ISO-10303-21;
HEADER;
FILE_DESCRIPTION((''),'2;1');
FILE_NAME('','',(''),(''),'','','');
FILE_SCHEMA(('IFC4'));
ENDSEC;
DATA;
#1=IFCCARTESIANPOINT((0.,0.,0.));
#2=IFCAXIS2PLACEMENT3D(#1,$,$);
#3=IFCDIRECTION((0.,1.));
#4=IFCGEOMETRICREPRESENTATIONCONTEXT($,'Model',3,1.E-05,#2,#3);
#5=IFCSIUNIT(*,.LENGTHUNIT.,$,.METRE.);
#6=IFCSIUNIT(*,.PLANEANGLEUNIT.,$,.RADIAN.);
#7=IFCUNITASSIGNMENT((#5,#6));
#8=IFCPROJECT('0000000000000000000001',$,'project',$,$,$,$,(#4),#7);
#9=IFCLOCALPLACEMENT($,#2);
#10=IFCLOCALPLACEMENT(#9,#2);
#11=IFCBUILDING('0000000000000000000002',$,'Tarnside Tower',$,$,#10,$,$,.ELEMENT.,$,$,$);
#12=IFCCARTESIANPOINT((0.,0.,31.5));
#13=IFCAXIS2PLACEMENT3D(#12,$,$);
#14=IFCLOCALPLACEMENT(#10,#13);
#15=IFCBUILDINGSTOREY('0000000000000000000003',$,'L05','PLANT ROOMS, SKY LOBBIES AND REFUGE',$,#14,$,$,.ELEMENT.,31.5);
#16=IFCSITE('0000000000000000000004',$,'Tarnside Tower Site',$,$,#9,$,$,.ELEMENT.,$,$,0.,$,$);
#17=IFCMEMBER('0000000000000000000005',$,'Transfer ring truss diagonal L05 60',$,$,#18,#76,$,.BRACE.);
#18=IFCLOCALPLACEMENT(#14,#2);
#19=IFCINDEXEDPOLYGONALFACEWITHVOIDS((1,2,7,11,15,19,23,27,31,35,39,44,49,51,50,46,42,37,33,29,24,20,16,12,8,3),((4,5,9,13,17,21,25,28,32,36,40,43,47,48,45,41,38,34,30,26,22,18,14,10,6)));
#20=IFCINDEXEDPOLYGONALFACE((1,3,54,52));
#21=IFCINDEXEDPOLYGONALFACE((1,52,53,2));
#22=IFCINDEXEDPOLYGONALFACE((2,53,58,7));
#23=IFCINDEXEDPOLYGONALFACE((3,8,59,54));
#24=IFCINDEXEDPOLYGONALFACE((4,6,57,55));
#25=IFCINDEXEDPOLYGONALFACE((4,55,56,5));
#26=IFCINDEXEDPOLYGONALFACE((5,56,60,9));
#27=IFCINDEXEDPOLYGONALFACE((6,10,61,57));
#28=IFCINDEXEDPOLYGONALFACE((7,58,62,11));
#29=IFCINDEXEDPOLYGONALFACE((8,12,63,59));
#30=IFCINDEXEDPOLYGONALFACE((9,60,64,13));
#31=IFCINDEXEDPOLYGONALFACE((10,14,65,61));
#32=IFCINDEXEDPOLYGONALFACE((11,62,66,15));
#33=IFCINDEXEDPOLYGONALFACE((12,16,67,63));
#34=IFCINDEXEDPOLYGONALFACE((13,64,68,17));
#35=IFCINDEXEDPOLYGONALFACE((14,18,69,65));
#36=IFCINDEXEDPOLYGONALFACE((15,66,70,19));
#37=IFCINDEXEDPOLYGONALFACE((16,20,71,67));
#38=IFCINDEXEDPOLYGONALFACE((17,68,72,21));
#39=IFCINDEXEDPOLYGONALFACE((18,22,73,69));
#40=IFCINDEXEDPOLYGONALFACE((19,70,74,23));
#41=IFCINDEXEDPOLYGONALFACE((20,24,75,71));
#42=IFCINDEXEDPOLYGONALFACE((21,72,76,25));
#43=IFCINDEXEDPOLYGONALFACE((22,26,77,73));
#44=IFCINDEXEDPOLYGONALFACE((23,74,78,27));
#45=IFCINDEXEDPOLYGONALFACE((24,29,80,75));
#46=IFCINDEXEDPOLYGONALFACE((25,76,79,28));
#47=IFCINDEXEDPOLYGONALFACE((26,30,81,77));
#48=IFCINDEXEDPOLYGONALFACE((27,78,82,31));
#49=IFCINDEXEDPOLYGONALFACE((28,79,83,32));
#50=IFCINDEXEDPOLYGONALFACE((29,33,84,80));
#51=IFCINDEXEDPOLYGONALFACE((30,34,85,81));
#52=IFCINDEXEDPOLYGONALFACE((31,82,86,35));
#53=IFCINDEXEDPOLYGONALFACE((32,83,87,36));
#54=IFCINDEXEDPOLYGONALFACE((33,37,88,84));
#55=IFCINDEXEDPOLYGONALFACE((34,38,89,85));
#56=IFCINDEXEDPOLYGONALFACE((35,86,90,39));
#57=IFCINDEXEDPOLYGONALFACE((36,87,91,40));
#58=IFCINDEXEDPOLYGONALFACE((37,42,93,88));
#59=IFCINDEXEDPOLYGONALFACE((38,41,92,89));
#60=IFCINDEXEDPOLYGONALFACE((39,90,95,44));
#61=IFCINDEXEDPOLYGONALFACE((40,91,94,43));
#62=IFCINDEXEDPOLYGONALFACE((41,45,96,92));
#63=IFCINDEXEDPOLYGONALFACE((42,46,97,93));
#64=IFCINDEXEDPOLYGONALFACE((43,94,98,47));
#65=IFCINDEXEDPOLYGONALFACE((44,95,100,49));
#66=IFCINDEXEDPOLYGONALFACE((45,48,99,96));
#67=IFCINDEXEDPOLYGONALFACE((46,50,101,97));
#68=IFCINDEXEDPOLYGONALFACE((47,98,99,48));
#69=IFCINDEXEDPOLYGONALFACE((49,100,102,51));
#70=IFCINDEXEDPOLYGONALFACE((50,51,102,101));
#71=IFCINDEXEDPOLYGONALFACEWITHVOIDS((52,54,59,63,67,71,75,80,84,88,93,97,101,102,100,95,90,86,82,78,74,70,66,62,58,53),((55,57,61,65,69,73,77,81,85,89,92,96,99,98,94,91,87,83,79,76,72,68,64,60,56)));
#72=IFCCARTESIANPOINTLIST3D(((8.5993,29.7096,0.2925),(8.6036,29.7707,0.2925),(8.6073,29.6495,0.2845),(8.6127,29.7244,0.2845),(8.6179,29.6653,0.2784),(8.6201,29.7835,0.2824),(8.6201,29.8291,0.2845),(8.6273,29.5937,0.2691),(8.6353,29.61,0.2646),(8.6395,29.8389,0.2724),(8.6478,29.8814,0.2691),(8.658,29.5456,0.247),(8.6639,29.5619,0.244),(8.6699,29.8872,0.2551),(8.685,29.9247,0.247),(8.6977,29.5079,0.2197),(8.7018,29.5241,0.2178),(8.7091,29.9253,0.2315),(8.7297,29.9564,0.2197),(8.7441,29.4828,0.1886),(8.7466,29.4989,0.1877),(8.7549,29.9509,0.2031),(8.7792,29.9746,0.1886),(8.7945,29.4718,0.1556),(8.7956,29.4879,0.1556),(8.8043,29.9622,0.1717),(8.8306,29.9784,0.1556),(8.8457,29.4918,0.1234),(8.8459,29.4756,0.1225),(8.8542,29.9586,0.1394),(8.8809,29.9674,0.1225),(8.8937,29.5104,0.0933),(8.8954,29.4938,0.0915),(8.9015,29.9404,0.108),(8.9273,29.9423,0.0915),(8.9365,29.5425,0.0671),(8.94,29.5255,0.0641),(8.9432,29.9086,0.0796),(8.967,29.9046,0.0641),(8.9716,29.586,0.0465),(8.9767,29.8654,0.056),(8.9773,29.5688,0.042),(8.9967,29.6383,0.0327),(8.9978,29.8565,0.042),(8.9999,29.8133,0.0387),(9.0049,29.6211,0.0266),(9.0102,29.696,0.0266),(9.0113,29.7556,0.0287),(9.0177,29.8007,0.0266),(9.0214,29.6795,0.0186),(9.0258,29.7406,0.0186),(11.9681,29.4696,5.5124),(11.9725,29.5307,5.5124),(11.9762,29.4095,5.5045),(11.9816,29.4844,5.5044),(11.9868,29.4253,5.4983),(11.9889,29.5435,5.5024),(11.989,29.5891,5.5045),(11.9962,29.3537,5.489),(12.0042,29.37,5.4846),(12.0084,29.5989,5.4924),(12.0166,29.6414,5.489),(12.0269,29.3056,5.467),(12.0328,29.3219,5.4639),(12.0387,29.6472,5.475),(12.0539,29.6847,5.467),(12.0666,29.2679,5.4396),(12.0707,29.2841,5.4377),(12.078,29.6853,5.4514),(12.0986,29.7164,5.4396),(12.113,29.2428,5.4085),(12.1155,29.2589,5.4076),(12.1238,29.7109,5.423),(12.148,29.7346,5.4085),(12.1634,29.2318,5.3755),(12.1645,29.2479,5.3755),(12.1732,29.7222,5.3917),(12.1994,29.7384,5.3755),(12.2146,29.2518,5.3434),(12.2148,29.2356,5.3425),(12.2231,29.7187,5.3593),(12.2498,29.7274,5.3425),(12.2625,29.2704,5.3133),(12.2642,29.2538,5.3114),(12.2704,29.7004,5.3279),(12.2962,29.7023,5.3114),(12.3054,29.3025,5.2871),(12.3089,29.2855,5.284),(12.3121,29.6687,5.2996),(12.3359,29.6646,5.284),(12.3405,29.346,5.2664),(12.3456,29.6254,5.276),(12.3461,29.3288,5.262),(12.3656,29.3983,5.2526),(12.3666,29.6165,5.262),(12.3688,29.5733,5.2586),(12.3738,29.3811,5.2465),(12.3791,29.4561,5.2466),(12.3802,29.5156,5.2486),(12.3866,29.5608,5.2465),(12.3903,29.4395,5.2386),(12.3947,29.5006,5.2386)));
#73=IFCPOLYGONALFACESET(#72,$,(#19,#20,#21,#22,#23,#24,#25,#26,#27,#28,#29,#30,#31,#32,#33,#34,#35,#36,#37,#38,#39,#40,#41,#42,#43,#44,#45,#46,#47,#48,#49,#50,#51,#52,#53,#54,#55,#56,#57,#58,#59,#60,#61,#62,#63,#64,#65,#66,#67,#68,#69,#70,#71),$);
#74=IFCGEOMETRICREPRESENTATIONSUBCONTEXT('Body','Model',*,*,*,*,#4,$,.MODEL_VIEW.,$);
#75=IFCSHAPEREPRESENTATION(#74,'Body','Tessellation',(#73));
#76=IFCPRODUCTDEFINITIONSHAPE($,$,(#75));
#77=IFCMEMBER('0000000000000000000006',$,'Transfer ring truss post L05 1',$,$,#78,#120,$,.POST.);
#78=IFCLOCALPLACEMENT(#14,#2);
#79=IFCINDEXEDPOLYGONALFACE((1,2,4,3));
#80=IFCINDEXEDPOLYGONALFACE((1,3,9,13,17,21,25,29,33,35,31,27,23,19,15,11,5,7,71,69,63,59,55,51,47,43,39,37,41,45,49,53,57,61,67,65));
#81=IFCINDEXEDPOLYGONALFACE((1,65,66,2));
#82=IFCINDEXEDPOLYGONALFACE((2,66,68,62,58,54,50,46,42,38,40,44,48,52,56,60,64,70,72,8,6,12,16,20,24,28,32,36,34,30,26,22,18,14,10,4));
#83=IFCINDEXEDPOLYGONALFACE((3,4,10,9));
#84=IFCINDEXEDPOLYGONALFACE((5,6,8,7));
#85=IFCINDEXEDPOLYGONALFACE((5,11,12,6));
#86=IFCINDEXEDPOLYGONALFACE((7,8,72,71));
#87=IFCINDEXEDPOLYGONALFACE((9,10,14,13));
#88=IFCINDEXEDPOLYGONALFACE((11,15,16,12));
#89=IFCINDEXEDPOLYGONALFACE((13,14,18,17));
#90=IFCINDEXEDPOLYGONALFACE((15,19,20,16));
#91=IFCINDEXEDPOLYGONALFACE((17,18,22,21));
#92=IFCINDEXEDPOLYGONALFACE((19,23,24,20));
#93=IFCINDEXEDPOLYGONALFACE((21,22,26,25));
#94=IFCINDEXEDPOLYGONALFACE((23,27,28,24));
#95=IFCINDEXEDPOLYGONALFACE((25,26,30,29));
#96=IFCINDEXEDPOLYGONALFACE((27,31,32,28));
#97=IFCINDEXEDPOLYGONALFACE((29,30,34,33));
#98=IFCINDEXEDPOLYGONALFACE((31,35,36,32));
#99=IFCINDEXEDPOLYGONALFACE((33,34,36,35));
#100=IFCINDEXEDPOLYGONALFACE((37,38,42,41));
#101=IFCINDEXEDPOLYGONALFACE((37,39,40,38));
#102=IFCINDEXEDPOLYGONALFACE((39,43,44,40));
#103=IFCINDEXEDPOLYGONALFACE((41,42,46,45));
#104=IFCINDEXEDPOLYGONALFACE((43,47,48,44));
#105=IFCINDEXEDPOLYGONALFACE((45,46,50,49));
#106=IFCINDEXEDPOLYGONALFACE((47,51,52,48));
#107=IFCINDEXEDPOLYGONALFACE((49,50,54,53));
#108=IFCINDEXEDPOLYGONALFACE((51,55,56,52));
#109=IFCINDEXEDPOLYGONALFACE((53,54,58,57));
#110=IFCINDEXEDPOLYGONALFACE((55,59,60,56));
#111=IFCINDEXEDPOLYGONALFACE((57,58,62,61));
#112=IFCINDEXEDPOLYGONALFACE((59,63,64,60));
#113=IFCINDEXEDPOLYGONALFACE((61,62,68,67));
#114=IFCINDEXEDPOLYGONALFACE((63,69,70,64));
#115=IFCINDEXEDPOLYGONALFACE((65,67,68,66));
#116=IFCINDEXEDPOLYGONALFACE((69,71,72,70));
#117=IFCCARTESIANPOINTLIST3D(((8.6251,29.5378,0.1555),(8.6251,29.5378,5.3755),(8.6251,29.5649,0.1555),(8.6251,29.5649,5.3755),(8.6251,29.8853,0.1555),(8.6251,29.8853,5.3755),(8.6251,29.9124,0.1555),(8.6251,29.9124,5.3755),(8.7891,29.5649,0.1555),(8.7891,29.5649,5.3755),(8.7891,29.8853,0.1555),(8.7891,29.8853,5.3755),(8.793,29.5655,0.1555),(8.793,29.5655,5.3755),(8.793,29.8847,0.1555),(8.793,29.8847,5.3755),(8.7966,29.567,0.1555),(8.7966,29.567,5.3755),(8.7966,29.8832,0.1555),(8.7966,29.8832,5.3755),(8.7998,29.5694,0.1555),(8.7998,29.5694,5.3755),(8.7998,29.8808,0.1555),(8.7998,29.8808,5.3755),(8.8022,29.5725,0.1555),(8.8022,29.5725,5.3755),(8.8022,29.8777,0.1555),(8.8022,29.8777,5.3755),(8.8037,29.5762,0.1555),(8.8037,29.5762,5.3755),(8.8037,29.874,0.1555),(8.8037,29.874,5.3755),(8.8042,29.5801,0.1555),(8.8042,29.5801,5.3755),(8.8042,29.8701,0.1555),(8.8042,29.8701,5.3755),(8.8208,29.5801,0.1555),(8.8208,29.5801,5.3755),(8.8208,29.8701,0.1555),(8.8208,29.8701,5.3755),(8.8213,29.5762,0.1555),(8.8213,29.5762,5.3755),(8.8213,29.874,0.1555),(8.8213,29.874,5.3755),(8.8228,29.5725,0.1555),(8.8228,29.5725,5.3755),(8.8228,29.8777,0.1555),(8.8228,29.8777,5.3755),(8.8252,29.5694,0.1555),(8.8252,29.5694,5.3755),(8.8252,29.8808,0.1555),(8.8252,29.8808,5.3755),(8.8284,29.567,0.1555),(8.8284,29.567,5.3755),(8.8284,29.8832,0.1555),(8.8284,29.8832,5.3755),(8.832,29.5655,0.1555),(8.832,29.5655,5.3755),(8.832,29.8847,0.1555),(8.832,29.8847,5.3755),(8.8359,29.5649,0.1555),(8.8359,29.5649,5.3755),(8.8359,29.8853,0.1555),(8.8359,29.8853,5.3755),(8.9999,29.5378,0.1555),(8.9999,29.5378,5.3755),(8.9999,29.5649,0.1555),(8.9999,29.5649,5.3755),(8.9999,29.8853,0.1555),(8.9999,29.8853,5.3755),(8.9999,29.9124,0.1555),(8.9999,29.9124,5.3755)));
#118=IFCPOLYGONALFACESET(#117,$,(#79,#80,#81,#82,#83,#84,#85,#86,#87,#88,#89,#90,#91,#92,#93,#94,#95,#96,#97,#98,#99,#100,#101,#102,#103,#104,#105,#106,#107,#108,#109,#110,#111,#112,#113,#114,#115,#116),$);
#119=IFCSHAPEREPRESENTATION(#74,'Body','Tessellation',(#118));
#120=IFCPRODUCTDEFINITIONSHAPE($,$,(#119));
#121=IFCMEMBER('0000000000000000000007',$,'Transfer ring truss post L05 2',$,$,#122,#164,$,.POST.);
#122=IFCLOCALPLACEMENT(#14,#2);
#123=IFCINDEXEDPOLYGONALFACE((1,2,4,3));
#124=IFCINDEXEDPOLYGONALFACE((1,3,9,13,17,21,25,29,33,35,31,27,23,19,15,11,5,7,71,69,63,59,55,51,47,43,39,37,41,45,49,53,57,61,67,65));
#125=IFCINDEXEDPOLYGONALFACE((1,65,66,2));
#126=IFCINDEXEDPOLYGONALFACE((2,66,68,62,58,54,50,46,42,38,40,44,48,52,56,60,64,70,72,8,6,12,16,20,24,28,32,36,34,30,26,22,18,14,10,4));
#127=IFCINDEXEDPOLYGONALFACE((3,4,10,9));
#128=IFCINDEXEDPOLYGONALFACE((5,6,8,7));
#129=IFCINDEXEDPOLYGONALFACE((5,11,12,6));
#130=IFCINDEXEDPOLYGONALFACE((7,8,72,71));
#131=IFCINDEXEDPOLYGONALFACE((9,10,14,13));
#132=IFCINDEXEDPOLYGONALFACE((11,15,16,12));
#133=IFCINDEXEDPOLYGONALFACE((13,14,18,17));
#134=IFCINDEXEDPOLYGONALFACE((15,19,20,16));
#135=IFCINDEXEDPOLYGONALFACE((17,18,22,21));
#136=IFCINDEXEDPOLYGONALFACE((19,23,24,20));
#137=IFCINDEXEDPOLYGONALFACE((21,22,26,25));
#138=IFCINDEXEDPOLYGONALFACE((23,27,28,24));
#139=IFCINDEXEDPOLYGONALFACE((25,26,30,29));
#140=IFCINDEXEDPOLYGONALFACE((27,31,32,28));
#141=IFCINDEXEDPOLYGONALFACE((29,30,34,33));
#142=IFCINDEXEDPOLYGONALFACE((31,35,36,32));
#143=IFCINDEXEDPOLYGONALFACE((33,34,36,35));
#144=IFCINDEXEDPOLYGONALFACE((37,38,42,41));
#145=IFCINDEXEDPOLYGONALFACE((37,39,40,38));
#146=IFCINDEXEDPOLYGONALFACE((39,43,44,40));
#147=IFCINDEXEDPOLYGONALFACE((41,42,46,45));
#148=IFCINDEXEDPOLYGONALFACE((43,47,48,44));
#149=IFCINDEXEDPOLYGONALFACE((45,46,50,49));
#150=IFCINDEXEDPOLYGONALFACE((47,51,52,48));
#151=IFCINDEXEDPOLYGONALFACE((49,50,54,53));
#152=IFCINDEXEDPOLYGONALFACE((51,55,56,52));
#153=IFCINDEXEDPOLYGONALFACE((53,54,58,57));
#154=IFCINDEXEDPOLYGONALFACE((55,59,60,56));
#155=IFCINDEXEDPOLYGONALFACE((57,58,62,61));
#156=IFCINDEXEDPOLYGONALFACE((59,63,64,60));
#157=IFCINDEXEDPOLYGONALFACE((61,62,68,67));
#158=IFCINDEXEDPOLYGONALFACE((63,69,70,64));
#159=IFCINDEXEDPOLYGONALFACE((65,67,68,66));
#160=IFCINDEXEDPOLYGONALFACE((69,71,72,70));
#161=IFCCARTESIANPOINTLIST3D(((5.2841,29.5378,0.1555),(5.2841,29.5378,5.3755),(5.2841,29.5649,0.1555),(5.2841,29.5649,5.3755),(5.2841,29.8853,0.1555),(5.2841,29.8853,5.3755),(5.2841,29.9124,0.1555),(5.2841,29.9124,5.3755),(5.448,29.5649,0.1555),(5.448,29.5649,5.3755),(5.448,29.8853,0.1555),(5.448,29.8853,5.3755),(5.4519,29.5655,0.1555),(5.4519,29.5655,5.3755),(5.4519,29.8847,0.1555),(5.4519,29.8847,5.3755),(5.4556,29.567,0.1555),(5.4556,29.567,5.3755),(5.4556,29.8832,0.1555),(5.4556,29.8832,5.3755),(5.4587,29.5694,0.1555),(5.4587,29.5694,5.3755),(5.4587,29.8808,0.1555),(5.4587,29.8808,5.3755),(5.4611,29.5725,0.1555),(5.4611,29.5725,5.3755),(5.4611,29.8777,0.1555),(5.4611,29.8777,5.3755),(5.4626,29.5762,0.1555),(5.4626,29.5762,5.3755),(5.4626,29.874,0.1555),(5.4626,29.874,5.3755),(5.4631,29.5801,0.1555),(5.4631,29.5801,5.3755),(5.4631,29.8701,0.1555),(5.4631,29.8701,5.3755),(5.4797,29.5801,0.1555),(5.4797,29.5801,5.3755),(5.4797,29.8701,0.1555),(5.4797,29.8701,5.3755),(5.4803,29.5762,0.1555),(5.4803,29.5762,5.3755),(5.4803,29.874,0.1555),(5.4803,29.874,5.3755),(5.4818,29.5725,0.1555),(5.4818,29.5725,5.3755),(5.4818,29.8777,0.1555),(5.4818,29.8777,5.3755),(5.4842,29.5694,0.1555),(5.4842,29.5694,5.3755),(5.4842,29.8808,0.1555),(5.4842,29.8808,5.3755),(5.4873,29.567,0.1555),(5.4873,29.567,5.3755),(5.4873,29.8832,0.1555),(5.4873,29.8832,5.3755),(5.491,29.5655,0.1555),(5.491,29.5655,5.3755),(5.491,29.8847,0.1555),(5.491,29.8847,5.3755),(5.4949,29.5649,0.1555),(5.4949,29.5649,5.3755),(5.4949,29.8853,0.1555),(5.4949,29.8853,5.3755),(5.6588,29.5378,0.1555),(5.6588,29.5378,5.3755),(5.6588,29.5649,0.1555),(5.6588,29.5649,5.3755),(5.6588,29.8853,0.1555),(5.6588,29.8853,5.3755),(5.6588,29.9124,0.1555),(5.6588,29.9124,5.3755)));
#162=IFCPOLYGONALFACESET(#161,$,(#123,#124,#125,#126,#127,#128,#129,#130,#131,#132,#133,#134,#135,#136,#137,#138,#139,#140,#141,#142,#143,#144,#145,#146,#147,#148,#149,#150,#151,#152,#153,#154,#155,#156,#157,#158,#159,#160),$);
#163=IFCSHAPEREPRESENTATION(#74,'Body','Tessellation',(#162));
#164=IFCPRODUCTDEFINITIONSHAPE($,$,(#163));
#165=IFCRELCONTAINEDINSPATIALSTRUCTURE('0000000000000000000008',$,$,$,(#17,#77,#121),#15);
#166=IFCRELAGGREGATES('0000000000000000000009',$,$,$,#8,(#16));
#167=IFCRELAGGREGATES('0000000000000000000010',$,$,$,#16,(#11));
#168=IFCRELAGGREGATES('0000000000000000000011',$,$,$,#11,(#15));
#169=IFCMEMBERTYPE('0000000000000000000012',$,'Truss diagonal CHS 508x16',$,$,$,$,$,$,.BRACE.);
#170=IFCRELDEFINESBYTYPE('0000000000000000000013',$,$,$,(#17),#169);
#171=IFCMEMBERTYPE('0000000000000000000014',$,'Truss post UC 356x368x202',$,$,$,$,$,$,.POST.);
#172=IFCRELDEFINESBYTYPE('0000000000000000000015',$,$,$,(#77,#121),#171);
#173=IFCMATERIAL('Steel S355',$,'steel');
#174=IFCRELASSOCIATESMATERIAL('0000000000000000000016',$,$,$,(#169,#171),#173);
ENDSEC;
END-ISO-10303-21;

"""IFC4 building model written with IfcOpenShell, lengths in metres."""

from ifc_helpers import new_model, si_unit, direction, frame, origin, origin_2d, place, context, subcontext, project, spatial, hollow_circle, i_section, extrude, material, material_profile, profile_set, type_object, element, save


model = new_model("IFC4")

# Units and contexts
model_context = context("Model", 3, precision=1e-05, world=origin(), true_north=direction((0.0, 1.0)))
body_context = subcontext(model_context, "Body", "Model", "MODEL_VIEW")
ifc_project = project(units=[si_unit("LENGTHUNIT", "METRE"), si_unit("PLANEANGLEUNIT", "RADIAN")], contexts=[model_context])

# Site, building, storey
site_placement = place(None, origin())
site = spatial("IfcSite", under=ifc_project, at=site_placement, Name="Tarnside Tower Site", CompositionType="ELEMENT", RefElevation=0.0)
building_placement = place(site_placement, origin())
building = spatial("IfcBuilding", under=site, at=building_placement, Name="Tarnside Tower", CompositionType="ELEMENT")
storey_placement = place(building_placement, frame((0.0, 0.0, 31.5)))
storey = spatial("IfcBuildingStorey", under=building, at=storey_placement, Name="L05", Description="PLANT ROOMS, SKY LOBBIES AND REFUGE", CompositionType="ELEMENT", Elevation=31.5)

# Shared definitions
ifc_material_1 = material(Name="Steel S355", Category="steel")

# Members
ifc_material_profile_1 = material_profile(ifc_material_1, hollow_circle(Radius=0.2539, WallThickness=0.0161, at=origin_2d()), Name="CHS 508x16")
ifc_profile_set_1 = profile_set([ifc_material_profile_1], Name="Steel S355")
member_type_1 = type_object("IfcMemberType", Name="Truss diagonal CHS 508x16", PredefinedType="BRACE", material=ifc_profile_set_1)
for number, where, z_axis, x_axis, name in (
    (1, (12.1814, 29.4851, 5.3755), (-0.541856, 0.0386, -0.839584), (-0.071057, -0.997472, 0.0), "Transfer ring truss diagonal L05 60"),
):
    element("IfcMember", number, at=place(storey_placement, frame(where, z_axis=z_axis, x_axis=x_axis)), inside=storey, type_object=member_type_1, Name=name, PredefinedType="BRACE", context=body_context, shape_type="SweptSolid", body=[
        extrude(hollow_circle(Radius=0.2539, WallThickness=0.0161, at=origin_2d()), origin(), (0.0, 0.0, 1.0), 6.2173),
    ])
ifc_material_profile_2 = material_profile(ifc_material_1, i_section(OverallWidth=0.3748, OverallDepth=0.3745, WebThickness=0.0166, FlangeThickness=0.0271, FilletRadius=0.0151, at=origin_2d()), Name="UC 356x368x202")
ifc_profile_set_2 = profile_set([ifc_material_profile_2], Name="Steel S355")
member_type_2 = type_object("IfcMemberType", Name="Truss post UC 356x368x202", PredefinedType="POST", material=ifc_profile_set_2)
for number, where, z_axis, x_axis, name in (
    (2, (8.8125, 29.7251, 0.1555), (0.0, 0.0, 1.0), (-1.0, 0.0, 0.0), "Transfer ring truss post L05 1"),
    (3, (5.4714, 29.7251, 0.1555), (0.0, 0.0, 1.0), (-1.0, 0.0, 0.0), "Transfer ring truss post L05 2"),
):
    element("IfcMember", number, at=place(storey_placement, frame(where, z_axis=z_axis, x_axis=x_axis)), inside=storey, type_object=member_type_2, Name=name, PredefinedType="POST", context=body_context, shape_type="SweptSolid", body=[
        extrude(i_section(OverallWidth=0.3748, OverallDepth=0.3745, WebThickness=0.0166, FlangeThickness=0.0271, FilletRadius=0.0151, at=origin_2d()), origin(), (0.0, 0.0, 1.0), 5.22),
    ])

save(model, "model.ifc")
